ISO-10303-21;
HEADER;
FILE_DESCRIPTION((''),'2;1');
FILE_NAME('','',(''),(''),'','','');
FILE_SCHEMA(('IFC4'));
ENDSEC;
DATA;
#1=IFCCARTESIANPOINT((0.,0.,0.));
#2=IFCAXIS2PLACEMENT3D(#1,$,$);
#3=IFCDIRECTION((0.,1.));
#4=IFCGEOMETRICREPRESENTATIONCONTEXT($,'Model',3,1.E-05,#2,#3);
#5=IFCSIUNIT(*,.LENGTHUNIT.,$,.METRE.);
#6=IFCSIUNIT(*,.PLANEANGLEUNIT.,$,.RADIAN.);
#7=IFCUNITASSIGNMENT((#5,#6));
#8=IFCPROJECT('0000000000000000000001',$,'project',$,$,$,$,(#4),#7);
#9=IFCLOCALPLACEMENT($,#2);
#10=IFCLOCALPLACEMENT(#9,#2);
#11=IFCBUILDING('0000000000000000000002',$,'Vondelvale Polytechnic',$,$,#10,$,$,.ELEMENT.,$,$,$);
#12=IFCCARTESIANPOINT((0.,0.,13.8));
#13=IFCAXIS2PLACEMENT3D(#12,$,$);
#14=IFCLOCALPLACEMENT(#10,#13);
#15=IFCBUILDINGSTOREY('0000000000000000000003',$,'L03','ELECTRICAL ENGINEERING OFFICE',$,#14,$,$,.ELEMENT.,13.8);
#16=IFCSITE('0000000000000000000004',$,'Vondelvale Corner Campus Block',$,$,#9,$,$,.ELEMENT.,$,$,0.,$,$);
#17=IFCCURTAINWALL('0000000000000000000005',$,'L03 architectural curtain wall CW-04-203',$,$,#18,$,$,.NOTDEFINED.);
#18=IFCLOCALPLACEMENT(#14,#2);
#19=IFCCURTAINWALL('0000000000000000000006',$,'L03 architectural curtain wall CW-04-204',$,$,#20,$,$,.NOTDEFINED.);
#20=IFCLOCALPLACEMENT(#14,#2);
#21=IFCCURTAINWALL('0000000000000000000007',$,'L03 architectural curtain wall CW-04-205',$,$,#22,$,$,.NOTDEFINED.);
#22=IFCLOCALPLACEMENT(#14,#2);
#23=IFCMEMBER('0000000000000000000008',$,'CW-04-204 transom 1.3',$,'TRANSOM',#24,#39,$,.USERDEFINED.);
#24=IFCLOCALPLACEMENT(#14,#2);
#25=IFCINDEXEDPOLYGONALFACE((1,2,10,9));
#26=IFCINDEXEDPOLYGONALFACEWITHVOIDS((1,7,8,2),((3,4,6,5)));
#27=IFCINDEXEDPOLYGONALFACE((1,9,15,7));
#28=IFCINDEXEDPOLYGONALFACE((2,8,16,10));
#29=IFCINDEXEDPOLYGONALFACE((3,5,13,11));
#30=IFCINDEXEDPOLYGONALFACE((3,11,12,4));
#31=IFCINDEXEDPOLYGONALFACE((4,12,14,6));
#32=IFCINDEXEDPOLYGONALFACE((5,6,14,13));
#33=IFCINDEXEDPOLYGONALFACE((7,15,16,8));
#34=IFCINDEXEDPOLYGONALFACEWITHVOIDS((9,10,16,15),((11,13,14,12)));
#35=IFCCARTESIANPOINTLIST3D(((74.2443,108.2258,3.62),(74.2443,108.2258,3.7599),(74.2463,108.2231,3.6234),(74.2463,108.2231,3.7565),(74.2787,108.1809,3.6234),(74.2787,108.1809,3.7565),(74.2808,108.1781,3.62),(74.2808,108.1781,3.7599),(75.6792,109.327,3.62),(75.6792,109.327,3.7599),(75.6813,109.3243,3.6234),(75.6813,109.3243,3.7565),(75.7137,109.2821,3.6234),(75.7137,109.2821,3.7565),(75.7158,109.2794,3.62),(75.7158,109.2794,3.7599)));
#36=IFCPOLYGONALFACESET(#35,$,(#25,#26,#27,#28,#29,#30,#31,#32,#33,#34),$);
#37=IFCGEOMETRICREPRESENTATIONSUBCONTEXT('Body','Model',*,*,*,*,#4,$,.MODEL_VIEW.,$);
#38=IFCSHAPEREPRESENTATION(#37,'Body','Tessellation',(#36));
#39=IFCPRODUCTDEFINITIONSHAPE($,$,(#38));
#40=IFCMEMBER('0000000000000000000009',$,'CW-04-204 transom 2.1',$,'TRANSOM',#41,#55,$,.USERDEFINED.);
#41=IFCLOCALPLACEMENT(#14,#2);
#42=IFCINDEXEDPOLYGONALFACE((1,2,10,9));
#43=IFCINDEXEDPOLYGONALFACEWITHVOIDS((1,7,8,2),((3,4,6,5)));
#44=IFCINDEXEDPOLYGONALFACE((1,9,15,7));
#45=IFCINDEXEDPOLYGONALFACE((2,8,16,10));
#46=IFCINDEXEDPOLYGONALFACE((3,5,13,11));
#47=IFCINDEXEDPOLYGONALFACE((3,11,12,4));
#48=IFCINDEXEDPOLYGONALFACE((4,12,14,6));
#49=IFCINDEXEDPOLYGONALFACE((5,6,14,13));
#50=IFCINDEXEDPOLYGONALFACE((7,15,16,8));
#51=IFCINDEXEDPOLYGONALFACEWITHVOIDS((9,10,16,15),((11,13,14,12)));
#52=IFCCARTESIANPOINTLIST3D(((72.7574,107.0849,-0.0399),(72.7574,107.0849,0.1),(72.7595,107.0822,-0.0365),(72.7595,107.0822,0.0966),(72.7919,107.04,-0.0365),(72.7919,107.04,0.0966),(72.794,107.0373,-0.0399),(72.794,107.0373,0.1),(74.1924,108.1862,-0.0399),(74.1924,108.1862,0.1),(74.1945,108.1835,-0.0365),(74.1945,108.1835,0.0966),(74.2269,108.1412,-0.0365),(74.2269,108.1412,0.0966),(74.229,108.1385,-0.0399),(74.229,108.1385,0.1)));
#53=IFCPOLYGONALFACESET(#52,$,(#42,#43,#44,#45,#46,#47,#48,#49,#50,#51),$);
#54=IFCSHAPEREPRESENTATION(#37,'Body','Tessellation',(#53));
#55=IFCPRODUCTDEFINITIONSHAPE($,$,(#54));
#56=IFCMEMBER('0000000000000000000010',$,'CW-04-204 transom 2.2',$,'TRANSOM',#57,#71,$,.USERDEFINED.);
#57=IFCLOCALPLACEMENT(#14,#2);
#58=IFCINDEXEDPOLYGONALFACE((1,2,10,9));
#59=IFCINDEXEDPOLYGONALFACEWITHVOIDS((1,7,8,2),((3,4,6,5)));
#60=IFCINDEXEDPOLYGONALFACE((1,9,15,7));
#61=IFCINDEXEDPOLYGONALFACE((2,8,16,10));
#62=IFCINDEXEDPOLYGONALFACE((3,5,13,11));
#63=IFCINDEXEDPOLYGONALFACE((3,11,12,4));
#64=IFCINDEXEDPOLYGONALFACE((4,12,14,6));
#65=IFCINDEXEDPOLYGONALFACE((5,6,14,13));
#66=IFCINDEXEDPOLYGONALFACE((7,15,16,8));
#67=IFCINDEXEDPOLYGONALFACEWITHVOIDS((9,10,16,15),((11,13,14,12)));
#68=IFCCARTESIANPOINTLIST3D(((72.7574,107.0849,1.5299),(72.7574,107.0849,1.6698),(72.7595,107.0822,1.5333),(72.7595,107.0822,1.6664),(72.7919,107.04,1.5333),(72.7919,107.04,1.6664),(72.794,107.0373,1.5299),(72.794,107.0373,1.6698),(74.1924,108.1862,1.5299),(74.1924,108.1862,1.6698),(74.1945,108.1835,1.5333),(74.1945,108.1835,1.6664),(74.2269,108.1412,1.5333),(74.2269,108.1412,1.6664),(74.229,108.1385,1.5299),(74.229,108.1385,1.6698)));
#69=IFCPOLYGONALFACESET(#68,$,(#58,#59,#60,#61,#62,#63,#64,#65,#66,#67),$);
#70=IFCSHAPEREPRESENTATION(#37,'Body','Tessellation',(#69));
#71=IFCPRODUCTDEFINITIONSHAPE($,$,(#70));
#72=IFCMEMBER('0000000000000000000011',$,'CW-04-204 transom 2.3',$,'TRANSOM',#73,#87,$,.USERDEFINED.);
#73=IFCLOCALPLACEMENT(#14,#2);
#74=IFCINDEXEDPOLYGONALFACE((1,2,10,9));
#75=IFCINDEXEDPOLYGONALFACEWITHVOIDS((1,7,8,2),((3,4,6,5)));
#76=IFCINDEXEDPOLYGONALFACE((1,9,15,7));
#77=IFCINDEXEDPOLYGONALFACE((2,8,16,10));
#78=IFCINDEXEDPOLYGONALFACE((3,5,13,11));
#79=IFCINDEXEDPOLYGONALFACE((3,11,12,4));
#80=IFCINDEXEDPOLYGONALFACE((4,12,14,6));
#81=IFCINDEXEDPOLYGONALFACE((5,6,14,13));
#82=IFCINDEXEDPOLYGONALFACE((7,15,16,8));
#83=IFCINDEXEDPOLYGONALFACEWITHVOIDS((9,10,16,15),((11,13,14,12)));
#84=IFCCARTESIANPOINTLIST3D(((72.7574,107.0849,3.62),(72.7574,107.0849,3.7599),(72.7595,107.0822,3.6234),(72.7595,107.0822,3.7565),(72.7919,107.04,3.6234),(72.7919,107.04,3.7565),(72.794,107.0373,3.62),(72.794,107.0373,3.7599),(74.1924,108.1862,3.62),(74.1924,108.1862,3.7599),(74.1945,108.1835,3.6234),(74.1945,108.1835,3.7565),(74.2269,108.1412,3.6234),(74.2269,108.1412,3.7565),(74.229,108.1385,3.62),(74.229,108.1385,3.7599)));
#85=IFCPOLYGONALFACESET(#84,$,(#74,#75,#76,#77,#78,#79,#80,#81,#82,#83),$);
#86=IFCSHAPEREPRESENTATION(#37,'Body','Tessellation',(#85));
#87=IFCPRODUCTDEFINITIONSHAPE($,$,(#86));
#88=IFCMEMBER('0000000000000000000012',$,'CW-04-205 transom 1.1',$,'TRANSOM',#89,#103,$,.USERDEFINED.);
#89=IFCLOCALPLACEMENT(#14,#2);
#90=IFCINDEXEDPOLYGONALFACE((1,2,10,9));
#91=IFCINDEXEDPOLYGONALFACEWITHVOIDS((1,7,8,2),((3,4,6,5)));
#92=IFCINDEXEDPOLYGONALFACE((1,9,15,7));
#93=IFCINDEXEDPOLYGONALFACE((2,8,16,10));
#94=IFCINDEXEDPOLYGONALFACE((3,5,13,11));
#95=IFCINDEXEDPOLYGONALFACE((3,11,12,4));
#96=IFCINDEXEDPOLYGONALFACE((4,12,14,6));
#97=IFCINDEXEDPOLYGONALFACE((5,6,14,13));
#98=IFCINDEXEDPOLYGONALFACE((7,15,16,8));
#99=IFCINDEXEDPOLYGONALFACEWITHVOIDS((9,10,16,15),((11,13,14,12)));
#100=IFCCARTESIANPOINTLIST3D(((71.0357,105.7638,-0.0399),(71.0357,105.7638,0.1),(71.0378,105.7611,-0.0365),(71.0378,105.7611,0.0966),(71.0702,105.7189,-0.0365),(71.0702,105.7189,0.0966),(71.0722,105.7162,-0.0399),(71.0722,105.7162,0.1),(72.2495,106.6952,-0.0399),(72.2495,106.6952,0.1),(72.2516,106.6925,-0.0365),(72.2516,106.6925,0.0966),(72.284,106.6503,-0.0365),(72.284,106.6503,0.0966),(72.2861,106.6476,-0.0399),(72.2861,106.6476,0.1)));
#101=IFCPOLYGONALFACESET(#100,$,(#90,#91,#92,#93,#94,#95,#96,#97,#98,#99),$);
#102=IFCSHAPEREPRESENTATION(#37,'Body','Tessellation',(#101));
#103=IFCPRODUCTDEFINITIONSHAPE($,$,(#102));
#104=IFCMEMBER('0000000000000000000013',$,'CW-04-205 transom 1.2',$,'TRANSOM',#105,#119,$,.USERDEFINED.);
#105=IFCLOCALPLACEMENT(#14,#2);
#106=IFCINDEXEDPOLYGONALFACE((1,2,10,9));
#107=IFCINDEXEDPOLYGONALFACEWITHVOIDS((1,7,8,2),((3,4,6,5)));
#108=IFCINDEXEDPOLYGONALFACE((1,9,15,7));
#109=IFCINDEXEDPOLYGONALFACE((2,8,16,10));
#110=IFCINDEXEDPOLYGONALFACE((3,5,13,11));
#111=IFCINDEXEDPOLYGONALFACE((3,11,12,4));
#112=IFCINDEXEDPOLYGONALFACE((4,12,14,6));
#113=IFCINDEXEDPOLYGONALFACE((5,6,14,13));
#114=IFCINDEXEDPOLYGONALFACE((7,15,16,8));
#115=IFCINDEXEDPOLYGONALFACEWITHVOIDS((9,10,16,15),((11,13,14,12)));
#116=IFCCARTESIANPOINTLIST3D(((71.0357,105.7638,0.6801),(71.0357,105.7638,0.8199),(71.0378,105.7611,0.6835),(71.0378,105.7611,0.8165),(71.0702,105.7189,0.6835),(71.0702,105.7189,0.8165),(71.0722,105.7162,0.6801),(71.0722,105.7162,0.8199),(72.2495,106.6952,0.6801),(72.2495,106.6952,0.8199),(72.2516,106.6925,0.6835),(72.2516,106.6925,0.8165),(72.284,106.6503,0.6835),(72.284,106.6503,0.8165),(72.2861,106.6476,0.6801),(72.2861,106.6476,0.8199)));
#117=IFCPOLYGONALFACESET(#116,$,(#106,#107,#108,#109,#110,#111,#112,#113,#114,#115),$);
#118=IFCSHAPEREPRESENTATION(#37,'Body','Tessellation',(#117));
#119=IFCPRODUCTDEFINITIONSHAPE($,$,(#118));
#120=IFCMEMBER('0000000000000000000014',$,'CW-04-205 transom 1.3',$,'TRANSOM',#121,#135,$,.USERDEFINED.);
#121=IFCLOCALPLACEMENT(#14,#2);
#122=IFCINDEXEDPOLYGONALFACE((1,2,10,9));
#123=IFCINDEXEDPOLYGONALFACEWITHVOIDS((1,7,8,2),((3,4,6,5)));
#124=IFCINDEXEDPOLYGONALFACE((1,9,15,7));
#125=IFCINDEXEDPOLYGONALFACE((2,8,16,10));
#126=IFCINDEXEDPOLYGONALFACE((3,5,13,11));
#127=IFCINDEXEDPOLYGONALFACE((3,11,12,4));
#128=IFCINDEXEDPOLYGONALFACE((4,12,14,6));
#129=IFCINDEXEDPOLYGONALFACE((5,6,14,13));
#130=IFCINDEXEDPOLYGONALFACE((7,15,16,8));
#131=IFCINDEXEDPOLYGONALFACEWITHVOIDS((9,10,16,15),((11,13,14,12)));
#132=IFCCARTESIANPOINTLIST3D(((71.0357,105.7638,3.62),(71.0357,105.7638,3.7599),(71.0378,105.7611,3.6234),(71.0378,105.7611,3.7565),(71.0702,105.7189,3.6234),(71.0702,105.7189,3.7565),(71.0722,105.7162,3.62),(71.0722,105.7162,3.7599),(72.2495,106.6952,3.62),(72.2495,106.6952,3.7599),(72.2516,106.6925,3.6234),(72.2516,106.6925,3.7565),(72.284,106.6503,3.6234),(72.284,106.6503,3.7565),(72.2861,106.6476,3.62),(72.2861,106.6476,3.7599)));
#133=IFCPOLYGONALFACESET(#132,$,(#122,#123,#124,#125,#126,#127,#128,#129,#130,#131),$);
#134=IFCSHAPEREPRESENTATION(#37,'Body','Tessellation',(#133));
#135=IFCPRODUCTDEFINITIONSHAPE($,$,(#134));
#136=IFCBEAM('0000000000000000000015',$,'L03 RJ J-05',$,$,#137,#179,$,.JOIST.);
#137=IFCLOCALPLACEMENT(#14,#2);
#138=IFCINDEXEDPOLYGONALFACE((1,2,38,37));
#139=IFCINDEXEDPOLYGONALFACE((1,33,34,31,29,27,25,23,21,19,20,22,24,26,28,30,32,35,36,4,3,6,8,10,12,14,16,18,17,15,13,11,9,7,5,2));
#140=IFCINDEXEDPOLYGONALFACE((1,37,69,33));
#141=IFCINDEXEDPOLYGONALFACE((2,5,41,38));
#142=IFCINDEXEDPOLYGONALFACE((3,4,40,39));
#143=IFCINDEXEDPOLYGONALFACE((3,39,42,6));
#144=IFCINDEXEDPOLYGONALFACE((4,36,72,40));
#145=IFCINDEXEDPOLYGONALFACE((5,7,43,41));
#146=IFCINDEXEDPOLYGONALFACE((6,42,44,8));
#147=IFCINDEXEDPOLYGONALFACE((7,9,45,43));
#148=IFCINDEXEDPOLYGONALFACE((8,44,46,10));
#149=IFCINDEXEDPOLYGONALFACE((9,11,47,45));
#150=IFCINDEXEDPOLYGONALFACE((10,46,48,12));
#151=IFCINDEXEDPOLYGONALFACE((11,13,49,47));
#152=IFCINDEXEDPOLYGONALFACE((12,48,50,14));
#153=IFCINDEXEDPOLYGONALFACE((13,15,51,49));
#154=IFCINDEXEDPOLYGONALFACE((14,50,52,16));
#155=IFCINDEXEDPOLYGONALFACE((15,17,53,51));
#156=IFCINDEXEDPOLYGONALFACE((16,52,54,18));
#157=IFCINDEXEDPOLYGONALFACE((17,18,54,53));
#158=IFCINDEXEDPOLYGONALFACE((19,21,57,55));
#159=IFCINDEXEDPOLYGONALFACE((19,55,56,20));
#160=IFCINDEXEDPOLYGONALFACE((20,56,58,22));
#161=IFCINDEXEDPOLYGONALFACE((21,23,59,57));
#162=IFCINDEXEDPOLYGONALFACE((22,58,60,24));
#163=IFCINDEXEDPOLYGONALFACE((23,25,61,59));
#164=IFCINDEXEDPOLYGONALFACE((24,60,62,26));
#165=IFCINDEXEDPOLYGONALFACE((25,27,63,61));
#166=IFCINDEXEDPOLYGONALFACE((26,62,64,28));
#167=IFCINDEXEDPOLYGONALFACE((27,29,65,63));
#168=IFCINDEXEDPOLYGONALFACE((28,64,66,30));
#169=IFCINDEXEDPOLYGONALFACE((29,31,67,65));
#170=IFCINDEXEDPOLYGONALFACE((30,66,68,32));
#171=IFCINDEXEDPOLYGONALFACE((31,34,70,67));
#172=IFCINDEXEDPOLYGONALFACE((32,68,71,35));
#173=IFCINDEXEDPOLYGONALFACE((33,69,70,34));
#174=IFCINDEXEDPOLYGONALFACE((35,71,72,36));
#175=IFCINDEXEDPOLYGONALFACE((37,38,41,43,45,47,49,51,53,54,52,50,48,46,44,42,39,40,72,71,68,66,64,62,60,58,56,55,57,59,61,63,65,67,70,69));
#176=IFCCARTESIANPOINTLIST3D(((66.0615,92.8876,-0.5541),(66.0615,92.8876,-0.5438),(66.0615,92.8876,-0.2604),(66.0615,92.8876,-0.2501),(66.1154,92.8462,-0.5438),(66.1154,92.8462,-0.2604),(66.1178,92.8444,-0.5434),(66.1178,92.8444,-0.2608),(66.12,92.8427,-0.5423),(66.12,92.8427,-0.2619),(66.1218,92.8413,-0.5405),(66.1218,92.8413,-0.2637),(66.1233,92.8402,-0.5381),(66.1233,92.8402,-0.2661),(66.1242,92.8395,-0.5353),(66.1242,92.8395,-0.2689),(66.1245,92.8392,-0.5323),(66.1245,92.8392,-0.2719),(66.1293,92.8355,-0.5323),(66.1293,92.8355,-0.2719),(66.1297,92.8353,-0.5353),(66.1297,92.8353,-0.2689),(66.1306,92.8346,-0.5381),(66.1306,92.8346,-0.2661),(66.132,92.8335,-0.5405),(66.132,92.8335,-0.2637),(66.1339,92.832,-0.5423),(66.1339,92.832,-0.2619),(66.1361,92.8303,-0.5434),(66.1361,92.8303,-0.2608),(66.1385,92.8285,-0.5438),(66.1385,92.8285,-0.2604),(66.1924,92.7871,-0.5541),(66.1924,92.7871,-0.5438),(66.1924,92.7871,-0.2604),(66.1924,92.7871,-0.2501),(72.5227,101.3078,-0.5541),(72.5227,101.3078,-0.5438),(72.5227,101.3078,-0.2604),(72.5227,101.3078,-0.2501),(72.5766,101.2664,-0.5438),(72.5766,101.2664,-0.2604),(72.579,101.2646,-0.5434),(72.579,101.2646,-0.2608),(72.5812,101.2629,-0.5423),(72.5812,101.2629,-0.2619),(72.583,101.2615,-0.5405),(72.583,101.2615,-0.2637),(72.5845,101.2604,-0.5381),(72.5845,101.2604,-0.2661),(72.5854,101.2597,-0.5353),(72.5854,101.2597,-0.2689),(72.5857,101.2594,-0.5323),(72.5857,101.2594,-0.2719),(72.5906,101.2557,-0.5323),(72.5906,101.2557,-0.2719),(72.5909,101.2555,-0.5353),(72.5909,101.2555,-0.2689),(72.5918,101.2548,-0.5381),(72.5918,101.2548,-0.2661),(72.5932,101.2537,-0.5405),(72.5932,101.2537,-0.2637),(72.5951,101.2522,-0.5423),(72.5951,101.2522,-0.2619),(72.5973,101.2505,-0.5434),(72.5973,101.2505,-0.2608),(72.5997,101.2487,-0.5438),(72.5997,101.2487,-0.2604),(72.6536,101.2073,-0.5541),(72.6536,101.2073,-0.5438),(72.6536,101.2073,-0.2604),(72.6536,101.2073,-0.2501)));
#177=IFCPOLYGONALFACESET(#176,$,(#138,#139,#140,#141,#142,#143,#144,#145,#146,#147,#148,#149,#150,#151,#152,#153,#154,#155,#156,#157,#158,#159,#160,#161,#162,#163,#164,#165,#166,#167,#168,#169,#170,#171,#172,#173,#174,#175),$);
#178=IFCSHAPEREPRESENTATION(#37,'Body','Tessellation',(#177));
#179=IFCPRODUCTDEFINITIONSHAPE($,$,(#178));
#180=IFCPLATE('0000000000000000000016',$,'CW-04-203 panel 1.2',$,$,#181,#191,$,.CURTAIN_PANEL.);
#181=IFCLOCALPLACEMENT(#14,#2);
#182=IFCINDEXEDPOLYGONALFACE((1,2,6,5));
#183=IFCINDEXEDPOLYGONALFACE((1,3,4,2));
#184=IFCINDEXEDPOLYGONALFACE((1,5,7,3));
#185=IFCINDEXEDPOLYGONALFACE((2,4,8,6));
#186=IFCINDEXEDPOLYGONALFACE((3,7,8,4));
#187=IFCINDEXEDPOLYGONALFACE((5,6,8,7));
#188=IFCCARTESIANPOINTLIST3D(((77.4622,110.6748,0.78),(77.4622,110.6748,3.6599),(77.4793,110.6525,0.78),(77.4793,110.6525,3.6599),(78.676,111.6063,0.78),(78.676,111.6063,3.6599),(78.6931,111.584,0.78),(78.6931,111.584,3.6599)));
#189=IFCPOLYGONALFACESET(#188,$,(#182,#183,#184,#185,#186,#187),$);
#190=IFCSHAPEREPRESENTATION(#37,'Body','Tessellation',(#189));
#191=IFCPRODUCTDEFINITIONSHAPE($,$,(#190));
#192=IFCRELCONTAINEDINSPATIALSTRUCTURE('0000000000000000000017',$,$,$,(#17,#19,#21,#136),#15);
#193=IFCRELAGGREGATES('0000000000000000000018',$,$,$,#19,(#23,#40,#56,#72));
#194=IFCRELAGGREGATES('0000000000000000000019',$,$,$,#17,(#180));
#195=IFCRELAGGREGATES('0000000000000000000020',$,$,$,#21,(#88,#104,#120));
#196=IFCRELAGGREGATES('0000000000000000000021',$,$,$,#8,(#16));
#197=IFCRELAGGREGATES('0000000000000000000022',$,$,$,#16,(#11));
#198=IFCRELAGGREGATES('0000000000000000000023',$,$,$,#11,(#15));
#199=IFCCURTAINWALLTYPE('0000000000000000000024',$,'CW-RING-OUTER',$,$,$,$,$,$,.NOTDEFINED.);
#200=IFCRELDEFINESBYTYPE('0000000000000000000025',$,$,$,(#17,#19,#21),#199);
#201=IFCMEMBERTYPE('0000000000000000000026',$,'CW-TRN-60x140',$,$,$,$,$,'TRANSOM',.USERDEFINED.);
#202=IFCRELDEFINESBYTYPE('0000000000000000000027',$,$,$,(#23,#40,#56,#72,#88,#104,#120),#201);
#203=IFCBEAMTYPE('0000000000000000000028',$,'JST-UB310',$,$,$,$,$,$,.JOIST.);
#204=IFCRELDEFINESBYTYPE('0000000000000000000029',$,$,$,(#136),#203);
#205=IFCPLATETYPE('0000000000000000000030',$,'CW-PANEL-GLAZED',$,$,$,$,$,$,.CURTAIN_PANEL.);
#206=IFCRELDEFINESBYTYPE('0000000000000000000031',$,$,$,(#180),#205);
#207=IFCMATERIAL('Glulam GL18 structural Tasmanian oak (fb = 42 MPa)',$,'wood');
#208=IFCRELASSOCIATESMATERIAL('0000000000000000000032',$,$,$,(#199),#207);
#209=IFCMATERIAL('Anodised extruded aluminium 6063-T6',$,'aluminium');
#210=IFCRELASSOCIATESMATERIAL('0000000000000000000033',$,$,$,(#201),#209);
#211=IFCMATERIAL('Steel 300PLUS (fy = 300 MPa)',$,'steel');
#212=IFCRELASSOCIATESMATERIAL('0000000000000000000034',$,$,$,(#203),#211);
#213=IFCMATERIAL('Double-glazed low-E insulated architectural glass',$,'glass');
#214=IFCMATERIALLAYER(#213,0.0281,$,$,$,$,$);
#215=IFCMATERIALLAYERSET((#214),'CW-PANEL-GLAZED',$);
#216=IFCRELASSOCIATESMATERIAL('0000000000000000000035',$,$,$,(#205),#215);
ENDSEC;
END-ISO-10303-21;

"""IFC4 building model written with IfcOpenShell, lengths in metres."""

from ifc_helpers import new_model, si_unit, direction, frame, origin, origin_2d, place, context, subcontext, project, spatial, rectangle, hollow_rectangle, i_section, extrude, material, layer, layer_set, material_profile, profile_set, type_object, element, aggregate, save


model = new_model("IFC4")

# Units and contexts
model_context = context("Model", 3, precision=1e-05, world=origin(), true_north=direction((0.0, 1.0)))
body_context = subcontext(model_context, "Body", "Model", "MODEL_VIEW")
ifc_project = project(units=[si_unit("LENGTHUNIT", "METRE"), si_unit("PLANEANGLEUNIT", "RADIAN")], contexts=[model_context])

# Site, building, storey
site_placement = place(None, origin())
site = spatial("IfcSite", under=ifc_project, at=site_placement, Name="Vondelvale Corner Campus Block", CompositionType="ELEMENT", RefElevation=0.0)
building_placement = place(site_placement, origin())
building = spatial("IfcBuilding", under=site, at=building_placement, Name="Vondelvale Polytechnic", CompositionType="ELEMENT")
storey_placement = place(building_placement, frame((0.0, 0.0, 13.8)))
storey = spatial("IfcBuildingStorey", under=building, at=storey_placement, Name="L03", Description="ELECTRICAL ENGINEERING OFFICE", CompositionType="ELEMENT", Elevation=13.8)

# Shared definitions
ifc_material_1 = material(Name="Glulam GL18 structural Tasmanian oak (fb = 42 MPa)", Category="wood")

# Shared definitions
ifc_material_2 = material(Name="Steel 300PLUS (fy = 300 MPa)", Category="steel")

# Curtain walls
curtain_wall_type = type_object("IfcCurtainWallType", Name="CW-RING-OUTER", PredefinedType="NOTDEFINED", material=ifc_material_1)
curtain_wall_1_placement = place(storey_placement, origin())
curtain_wall_1 = element("IfcCurtainWall", 1, at=curtain_wall_1_placement, inside=storey, type_object=curtain_wall_type, Name="L03 architectural curtain wall CW-04-203", PredefinedType="NOTDEFINED")
ifc_material_3 = material(Name="Anodised extruded aluminium 6063-T6", Category="aluminium")
curtain_wall_2_placement = place(storey_placement, origin())
curtain_wall_2 = element("IfcCurtainWall", 2, at=curtain_wall_2_placement, inside=storey, type_object=curtain_wall_type, Name="L03 architectural curtain wall CW-04-204", PredefinedType="NOTDEFINED")
curtain_wall_3_placement = place(storey_placement, origin())
curtain_wall_3 = element("IfcCurtainWall", 3, at=curtain_wall_3_placement, inside=storey, type_object=curtain_wall_type, Name="L03 architectural curtain wall CW-04-205", PredefinedType="NOTDEFINED")

# Members
ifc_material_profile_1 = material_profile(ifc_material_3, hollow_rectangle(XDim=0.0601, YDim=0.1399, WallThickness=0.0034, at=origin_2d()), Name="CW-TRN-140x60")
ifc_profile_set_1 = profile_set([ifc_material_profile_1], Name="Anodised extruded aluminium 6063-T6")
member_type_1 = type_object("IfcMemberType", Name="CW-TRN-60x140", ElementType="TRANSOM", PredefinedType="USERDEFINED", material=ifc_profile_set_1)
member_1_placement = place(storey_placement, frame((75.6975, 109.3032, 3.6899), z_axis=(-0.793311, -0.608817, 0.0), x_axis=(0.608817, -0.793311, 0.0)))
member_1 = element("IfcMember", 4, at=member_1_placement, type_object=member_type_1, Name="CW-04-204 transom 1.3", ObjectType="TRANSOM", PredefinedType="USERDEFINED", context=body_context, shape_type="SweptSolid", body=[
    extrude(hollow_rectangle(XDim=0.0601, YDim=0.1399, WallThickness=0.0034, at=origin_2d()), origin(), (0.0, 0.0, 1.0), 1.8088),
])
member_2_placement = place(storey_placement, frame((74.2107, 108.1624, 0.03), z_axis=(-0.793311, -0.608817, 0.0), x_axis=(0.608817, -0.793311, 0.0)))
member_2 = element("IfcMember", 5, at=member_2_placement, type_object=member_type_1, Name="CW-04-204 transom 2.1", ObjectType="TRANSOM", PredefinedType="USERDEFINED", context=body_context, shape_type="SweptSolid", body=[
    extrude(hollow_rectangle(XDim=0.0601, YDim=0.1399, WallThickness=0.0034, at=origin_2d()), origin(), (0.0, 0.0, 1.0), 1.8088),
])
member_3_placement = place(storey_placement, frame((74.2107, 108.1624, 1.5999), z_axis=(-0.793311, -0.608817, 0.0), x_axis=(0.608817, -0.793311, 0.0)))
member_3 = element("IfcMember", 6, at=member_3_placement, type_object=member_type_1, Name="CW-04-204 transom 2.2", ObjectType="TRANSOM", PredefinedType="USERDEFINED", context=body_context, shape_type="SweptSolid", body=[
    extrude(hollow_rectangle(XDim=0.0601, YDim=0.1399, WallThickness=0.0034, at=origin_2d()), origin(), (0.0, 0.0, 1.0), 1.8088),
])
member_4_placement = place(storey_placement, frame((74.2107, 108.1624, 3.6899), z_axis=(-0.793311, -0.608817, 0.0), x_axis=(0.608817, -0.793311, 0.0)))
member_4 = element("IfcMember", 7, at=member_4_placement, type_object=member_type_1, Name="CW-04-204 transom 2.3", ObjectType="TRANSOM", PredefinedType="USERDEFINED", context=body_context, shape_type="SweptSolid", body=[
    extrude(hollow_rectangle(XDim=0.0601, YDim=0.1399, WallThickness=0.0034, at=origin_2d()), origin(), (0.0, 0.0, 1.0), 1.8088),
])
member_5_placement = place(storey_placement, frame((72.2678, 106.6714, 0.03), z_axis=(-0.793365, -0.608746, 0.0), x_axis=(0.608746, -0.793365, 0.0)))
member_5 = element("IfcMember", 8, at=member_5_placement, type_object=member_type_1, Name="CW-04-205 transom 1.1", ObjectType="TRANSOM", PredefinedType="USERDEFINED", context=body_context, shape_type="SweptSolid", body=[
    extrude(hollow_rectangle(XDim=0.0601, YDim=0.1399, WallThickness=0.0034, at=origin_2d()), origin(), (0.0, 0.0, 1.0), 1.53),
])
member_6_placement = place(storey_placement, frame((72.2678, 106.6714, 0.75), z_axis=(-0.793365, -0.608746, 0.0), x_axis=(0.608746, -0.793365, 0.0)))
member_6 = element("IfcMember", 9, at=member_6_placement, type_object=member_type_1, Name="CW-04-205 transom 1.2", ObjectType="TRANSOM", PredefinedType="USERDEFINED", context=body_context, shape_type="SweptSolid", body=[
    extrude(hollow_rectangle(XDim=0.0601, YDim=0.1399, WallThickness=0.0034, at=origin_2d()), origin(), (0.0, 0.0, 1.0), 1.53),
])
member_7_placement = place(storey_placement, frame((72.2678, 106.6714, 3.6899), z_axis=(-0.793365, -0.608746, 0.0), x_axis=(0.608746, -0.793365, 0.0)))
member_7 = element("IfcMember", 10, at=member_7_placement, type_object=member_type_1, Name="CW-04-205 transom 1.3", ObjectType="TRANSOM", PredefinedType="USERDEFINED", context=body_context, shape_type="SweptSolid", body=[
    extrude(hollow_rectangle(XDim=0.0601, YDim=0.1399, WallThickness=0.0034, at=origin_2d()), origin(), (0.0, 0.0, 1.0), 1.53),
])

# Beam
ifc_material_profile_2 = material_profile(ifc_material_2, i_section(OverallWidth=0.165, OverallDepth=0.304, WebThickness=0.0061, FlangeThickness=0.0103, FilletRadius=0.0115, at=origin_2d()), Name="310UB40.4")
ifc_profile_set_2 = profile_set([ifc_material_profile_2], Name="Steel 300PLUS (fy = 300 MPa)")
beam_type_1 = type_object("IfcBeamType", Name="JST-UB310", PredefinedType="JOIST", material=ifc_profile_set_2)
beam_1_placement = place(storey_placement, frame((72.5881, 101.2576, -0.4021), z_axis=(-0.608771, -0.793346, 0.0), x_axis=(0.793346, -0.608771, 0.0)))
element("IfcBeam", 11, at=beam_1_placement, inside=storey, type_object=beam_type_1, Name="L03 RJ J-05", PredefinedType="JOIST", context=body_context, shape_type="SweptSolid", body=[
    extrude(i_section(OverallWidth=0.165, OverallDepth=0.304, WebThickness=0.0061, FlangeThickness=0.0103, FilletRadius=0.0115, at=origin_2d()), origin(), (0.0, 0.0, 1.0), 10.6135),
])

# Plate
ifc_material_4 = material(Name="Double-glazed low-E insulated architectural glass", Category="glass")
ifc_layer_1 = layer(ifc_material_4, 0.0281)
ifc_layer_set_1 = layer_set([ifc_layer_1], Name="CW-PANEL-GLAZED")
plate_type_1 = type_object("IfcPlateType", Name="CW-PANEL-GLAZED", PredefinedType="CURTAIN_PANEL", material=ifc_layer_set_1)
plate_1_placement = place(storey_placement, frame((78.0776, 111.1294, 0.78), z_axis=(0.0, 0.0, 1.0), x_axis=(-0.793334, -0.608787, 0.0)))
plate_1 = element("IfcPlate", 12, at=plate_1_placement, type_object=plate_type_1, Name="CW-04-203 panel 1.2", PredefinedType="CURTAIN_PANEL", context=body_context, shape_type="SweptSolid", body=[
    extrude(rectangle(XDim=1.53, YDim=0.0281, at=origin_2d()), origin(), (0.0, 0.0, 1.0), 2.8799),
])
aggregate(curtain_wall_2, [member_1, member_2, member_3, member_4])
aggregate(curtain_wall_1, [plate_1])
aggregate(curtain_wall_3, [member_5, member_6, member_7])

save(model, "model.ifc")
